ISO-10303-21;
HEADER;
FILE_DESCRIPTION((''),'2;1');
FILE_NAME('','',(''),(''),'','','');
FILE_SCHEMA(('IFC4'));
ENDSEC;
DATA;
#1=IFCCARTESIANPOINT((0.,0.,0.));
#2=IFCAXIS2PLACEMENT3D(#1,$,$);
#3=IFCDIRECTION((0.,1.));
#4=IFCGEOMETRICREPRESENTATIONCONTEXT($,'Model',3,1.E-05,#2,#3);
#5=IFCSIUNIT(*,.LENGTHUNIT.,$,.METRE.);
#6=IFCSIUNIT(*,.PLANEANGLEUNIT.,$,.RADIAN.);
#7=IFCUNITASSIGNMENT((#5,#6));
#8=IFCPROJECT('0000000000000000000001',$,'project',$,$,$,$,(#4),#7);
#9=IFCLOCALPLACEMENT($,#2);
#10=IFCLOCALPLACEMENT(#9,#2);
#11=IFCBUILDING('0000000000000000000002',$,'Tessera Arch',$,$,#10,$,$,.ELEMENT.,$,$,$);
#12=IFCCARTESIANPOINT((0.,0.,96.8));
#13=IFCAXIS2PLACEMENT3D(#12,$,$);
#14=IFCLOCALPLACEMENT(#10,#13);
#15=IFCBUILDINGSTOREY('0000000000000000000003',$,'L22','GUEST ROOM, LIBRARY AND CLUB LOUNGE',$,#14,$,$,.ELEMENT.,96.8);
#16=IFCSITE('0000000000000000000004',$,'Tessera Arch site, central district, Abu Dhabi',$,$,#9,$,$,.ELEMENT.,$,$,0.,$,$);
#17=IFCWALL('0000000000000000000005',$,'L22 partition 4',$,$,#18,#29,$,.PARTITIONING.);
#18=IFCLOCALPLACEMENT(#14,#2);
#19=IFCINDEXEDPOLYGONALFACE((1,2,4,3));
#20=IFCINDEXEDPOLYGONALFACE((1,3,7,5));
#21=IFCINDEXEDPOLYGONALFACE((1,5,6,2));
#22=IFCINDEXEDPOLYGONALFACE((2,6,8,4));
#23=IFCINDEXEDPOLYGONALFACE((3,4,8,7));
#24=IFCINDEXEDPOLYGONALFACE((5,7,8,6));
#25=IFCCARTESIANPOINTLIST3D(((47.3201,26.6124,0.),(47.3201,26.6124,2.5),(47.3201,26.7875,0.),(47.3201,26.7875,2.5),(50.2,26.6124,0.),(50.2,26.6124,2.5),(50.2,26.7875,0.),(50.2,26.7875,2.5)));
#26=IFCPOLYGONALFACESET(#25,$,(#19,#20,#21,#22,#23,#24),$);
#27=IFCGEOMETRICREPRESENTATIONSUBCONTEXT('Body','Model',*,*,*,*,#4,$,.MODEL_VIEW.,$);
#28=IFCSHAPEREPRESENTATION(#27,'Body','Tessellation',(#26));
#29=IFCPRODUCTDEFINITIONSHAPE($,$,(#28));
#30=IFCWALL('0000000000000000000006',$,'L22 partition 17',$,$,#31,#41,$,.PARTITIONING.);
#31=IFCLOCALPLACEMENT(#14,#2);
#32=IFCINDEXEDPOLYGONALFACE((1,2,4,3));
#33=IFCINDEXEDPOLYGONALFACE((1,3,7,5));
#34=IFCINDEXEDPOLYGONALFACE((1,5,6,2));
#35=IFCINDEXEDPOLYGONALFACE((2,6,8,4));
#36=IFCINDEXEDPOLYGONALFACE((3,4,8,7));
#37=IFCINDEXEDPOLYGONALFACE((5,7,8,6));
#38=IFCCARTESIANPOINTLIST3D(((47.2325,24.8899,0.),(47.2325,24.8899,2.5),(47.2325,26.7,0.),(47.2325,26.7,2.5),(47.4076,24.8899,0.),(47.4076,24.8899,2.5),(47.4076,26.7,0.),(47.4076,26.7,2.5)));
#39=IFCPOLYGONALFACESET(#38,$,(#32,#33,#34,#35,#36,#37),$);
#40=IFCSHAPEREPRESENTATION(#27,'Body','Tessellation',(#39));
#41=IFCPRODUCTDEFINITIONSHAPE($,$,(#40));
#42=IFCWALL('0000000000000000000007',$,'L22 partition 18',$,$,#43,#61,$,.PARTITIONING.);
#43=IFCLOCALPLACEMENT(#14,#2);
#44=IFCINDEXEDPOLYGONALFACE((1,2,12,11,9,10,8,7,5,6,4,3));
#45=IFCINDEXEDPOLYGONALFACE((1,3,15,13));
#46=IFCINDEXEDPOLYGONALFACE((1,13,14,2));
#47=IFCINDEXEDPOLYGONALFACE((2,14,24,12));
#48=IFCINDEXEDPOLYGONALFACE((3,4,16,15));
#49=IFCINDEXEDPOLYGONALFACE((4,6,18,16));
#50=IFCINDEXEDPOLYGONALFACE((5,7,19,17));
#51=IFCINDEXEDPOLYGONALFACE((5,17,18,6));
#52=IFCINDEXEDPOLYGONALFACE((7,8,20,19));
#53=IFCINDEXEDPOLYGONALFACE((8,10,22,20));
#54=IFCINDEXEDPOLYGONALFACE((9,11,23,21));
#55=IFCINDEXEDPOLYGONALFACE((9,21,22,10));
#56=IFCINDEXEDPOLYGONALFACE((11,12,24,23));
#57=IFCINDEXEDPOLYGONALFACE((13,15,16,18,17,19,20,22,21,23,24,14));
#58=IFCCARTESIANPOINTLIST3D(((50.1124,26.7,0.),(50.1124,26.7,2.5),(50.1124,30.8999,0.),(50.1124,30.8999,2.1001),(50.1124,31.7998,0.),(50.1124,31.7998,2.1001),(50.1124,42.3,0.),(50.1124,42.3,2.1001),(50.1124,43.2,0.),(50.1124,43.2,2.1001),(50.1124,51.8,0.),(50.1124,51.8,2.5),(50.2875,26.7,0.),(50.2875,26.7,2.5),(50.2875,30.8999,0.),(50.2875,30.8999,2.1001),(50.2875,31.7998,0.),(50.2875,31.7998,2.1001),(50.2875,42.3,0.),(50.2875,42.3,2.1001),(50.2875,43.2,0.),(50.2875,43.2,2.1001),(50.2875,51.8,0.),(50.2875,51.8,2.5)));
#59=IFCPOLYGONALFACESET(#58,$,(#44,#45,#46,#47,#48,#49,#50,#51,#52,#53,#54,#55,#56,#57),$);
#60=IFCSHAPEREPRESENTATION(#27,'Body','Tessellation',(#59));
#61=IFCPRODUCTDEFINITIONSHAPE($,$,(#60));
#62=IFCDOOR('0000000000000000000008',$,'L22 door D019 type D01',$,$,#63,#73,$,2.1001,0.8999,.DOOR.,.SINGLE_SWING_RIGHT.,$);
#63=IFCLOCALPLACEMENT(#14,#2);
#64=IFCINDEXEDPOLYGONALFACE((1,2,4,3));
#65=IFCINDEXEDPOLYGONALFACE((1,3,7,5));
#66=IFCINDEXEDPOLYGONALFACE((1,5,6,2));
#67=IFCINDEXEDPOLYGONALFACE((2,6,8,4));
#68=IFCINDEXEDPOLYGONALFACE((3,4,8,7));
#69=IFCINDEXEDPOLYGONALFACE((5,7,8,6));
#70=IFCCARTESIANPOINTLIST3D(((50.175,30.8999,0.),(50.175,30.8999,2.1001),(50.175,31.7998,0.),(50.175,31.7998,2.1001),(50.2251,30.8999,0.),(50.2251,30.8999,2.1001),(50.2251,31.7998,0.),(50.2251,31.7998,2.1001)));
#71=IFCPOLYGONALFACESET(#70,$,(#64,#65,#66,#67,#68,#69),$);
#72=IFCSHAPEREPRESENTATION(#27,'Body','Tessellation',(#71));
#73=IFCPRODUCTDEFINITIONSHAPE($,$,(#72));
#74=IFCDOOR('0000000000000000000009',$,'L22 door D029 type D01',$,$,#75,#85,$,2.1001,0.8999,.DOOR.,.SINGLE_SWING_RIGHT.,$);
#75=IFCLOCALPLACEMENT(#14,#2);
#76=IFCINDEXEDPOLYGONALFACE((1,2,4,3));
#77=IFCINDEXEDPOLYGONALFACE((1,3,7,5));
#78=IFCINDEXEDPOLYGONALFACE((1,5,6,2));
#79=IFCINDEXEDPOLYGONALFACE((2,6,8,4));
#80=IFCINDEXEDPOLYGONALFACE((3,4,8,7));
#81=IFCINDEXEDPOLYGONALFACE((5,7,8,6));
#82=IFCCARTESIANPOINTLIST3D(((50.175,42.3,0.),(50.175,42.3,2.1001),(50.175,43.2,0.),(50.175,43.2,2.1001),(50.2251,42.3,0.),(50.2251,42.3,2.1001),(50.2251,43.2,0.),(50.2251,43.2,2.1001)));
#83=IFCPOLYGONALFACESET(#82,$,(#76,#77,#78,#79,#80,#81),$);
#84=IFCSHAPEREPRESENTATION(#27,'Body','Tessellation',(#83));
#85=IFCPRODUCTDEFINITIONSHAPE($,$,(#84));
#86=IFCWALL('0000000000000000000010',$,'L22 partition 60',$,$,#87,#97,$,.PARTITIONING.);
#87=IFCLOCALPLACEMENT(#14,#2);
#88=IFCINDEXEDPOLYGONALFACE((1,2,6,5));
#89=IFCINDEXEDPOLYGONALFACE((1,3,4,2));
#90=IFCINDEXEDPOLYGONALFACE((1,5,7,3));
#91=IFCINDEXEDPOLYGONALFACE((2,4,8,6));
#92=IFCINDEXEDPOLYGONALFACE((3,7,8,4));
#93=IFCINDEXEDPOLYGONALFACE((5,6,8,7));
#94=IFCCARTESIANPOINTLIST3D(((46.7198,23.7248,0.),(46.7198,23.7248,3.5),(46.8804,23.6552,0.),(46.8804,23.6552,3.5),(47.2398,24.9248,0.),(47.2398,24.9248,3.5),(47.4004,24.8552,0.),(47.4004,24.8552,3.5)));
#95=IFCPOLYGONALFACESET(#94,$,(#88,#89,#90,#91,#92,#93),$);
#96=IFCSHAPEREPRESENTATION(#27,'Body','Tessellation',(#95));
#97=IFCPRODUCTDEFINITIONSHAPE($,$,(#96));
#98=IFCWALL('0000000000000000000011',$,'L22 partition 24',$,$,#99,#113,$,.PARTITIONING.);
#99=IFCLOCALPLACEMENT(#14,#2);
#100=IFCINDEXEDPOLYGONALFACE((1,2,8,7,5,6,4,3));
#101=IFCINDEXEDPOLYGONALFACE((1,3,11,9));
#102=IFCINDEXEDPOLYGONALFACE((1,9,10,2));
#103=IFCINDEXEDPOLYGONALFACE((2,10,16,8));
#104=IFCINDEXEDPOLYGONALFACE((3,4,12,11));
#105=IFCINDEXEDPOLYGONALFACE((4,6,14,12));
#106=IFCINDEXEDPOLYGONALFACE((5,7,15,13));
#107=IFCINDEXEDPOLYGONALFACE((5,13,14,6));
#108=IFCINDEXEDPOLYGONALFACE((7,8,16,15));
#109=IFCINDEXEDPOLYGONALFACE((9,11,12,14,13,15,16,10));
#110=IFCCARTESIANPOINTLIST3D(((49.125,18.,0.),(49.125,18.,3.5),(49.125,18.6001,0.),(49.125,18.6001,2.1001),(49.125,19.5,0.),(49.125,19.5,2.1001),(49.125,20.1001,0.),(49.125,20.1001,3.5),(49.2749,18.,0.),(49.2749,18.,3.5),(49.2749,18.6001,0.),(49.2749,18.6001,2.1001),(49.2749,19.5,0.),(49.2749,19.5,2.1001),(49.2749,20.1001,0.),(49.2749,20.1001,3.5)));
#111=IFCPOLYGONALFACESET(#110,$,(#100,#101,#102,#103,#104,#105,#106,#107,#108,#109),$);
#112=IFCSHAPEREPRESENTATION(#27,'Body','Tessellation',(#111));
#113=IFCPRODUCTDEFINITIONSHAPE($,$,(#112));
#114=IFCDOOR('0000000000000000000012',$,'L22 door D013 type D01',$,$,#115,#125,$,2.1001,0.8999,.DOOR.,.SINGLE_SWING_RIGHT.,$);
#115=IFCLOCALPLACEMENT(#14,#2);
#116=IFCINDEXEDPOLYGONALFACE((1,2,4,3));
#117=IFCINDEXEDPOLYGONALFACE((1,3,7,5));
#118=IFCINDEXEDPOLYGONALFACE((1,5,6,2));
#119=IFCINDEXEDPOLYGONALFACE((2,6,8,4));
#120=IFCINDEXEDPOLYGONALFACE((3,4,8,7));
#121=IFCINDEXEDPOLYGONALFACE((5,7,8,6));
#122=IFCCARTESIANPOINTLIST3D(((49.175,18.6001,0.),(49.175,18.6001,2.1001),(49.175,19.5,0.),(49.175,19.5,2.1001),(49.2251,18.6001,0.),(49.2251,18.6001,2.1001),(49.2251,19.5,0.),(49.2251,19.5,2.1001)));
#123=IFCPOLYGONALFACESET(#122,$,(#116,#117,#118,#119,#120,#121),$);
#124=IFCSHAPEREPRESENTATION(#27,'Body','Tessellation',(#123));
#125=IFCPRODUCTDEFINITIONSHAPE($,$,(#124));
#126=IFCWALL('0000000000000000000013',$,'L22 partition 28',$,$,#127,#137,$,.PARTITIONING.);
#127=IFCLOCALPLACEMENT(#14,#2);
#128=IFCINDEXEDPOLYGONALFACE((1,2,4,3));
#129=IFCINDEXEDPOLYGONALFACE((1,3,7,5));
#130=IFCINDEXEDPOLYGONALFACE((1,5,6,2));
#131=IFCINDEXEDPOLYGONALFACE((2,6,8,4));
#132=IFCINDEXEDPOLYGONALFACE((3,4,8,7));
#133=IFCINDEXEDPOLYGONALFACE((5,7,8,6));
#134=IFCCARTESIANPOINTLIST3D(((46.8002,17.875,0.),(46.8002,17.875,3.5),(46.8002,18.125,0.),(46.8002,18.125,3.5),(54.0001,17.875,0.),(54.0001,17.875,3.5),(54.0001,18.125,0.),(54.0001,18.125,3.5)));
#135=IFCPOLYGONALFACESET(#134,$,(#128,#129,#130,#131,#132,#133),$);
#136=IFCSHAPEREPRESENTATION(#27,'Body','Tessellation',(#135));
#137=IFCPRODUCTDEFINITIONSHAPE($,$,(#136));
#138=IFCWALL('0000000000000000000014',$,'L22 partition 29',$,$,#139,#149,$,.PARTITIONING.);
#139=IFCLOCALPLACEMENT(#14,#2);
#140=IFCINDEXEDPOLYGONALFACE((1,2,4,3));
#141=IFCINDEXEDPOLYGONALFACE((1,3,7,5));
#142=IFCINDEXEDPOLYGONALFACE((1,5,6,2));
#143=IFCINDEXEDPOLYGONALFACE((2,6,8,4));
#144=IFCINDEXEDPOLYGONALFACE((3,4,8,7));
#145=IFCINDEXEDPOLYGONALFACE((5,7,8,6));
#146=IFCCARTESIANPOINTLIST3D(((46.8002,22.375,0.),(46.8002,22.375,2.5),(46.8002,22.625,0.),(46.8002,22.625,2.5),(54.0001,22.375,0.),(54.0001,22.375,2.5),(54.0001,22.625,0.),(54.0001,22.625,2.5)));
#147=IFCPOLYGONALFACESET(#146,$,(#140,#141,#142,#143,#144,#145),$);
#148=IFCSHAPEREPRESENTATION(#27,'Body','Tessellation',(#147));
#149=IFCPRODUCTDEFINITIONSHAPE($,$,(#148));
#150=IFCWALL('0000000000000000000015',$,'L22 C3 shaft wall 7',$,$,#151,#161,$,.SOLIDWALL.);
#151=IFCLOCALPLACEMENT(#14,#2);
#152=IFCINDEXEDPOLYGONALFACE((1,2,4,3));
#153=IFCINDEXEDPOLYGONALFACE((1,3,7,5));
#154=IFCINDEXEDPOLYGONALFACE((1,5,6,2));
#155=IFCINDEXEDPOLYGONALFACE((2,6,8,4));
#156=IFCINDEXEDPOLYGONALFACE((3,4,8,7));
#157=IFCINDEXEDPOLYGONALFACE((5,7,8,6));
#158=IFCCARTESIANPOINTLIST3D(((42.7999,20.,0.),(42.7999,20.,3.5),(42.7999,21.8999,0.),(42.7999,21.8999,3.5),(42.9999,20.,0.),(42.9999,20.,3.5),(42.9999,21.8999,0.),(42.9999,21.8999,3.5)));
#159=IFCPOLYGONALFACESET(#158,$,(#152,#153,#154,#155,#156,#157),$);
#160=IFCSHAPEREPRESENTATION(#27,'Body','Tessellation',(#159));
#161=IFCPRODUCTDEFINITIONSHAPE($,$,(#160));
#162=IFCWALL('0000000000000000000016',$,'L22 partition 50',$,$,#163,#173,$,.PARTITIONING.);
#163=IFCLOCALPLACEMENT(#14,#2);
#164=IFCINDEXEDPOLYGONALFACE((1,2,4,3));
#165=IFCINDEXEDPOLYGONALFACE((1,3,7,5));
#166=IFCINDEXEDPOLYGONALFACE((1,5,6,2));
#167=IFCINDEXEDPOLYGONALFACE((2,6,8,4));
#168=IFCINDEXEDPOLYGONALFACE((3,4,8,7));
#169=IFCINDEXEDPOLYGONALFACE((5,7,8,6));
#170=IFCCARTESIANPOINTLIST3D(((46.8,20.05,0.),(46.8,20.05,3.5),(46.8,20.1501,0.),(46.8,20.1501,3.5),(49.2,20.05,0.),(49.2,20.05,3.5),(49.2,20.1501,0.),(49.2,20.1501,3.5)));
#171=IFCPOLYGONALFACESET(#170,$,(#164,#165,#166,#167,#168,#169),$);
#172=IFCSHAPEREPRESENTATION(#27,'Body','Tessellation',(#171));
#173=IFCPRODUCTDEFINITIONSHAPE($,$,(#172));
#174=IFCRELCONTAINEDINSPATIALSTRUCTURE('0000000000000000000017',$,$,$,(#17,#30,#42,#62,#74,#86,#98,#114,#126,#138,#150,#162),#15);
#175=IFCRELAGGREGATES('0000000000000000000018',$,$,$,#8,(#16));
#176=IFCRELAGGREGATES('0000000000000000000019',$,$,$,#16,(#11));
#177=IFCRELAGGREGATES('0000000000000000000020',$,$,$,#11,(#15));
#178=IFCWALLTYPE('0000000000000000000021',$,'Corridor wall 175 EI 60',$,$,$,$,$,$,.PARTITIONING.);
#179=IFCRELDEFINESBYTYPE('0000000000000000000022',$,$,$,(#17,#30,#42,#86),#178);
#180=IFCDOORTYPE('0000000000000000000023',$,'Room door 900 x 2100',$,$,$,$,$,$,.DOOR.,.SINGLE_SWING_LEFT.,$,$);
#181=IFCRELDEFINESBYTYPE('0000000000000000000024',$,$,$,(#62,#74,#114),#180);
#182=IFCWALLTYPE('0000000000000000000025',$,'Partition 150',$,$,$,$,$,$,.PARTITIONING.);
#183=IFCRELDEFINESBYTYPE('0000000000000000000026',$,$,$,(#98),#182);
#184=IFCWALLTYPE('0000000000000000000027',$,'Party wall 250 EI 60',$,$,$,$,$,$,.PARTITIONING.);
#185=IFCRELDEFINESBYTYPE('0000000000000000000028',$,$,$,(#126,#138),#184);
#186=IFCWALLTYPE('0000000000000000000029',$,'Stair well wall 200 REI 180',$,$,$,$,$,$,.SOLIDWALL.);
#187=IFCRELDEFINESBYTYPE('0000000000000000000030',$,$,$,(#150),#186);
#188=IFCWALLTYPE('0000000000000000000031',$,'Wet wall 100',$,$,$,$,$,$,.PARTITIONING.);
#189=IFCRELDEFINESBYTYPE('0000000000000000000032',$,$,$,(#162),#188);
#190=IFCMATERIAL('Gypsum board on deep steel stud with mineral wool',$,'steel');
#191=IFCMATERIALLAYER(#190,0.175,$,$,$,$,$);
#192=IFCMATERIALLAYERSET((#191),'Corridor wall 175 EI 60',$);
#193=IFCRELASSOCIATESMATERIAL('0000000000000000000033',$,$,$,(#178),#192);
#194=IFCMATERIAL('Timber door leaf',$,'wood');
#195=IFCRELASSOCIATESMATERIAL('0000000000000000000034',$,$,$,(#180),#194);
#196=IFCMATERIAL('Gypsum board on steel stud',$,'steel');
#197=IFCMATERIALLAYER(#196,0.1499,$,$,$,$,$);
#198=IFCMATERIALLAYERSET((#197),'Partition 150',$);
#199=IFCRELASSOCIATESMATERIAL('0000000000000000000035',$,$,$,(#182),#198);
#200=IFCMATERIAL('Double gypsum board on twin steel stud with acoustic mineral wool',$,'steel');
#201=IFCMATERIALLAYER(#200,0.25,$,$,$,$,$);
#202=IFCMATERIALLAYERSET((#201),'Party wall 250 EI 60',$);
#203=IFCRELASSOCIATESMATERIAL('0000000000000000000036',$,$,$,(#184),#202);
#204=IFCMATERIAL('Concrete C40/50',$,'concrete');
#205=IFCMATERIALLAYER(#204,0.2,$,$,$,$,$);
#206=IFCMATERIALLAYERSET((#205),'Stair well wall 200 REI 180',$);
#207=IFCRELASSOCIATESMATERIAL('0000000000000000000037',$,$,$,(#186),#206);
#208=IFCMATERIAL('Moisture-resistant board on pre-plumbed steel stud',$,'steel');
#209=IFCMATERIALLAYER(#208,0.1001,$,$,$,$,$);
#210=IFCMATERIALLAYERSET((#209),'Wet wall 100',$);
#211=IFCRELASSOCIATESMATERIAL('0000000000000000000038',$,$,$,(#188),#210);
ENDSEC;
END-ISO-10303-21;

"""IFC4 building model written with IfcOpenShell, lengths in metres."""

from ifc_helpers import new_model, si_unit, direction, frame, frame_2d, origin, place, context, subcontext, project, spatial, rectangle, extrude, material, layer, layer_set, type_object, element, fill, save


model = new_model("IFC4")

# Units and contexts
model_context = context("Model", 3, precision=1e-05, world=origin(), true_north=direction((0.0, 1.0)))
body_context = subcontext(model_context, "Body", "Model", "MODEL_VIEW")
ifc_project = project(units=[si_unit("LENGTHUNIT", "METRE"), si_unit("PLANEANGLEUNIT", "RADIAN")], contexts=[model_context])

# Site, building, storey
site_placement = place(None, origin())
site = spatial("IfcSite", under=ifc_project, at=site_placement, Name="Tessera Arch site, central district, Abu Dhabi", CompositionType="ELEMENT", RefElevation=0.0)
building_placement = place(site_placement, origin())
building = spatial("IfcBuilding", under=site, at=building_placement, Name="Tessera Arch", CompositionType="ELEMENT")
storey_placement = place(building_placement, frame((0.0, 0.0, 96.8)))
storey = spatial("IfcBuildingStorey", under=building, at=storey_placement, Name="L22", Description="GUEST ROOM, LIBRARY AND CLUB LOUNGE", CompositionType="ELEMENT", Elevation=96.8)

# Walls
ifc_material_1 = material(Name="Gypsum board on deep steel stud with mineral wool", Category="steel")
ifc_layer_1 = layer(ifc_material_1, 0.175)
ifc_layer_set_1 = layer_set([ifc_layer_1], Name="Corridor wall 175 EI 60")
wall_type_1 = type_object("IfcWallType", Name="Corridor wall 175 EI 60", PredefinedType="PARTITIONING", material=ifc_layer_set_1)
wall_1_placement = place(storey_placement, frame((47.3201, 26.7, 0.0), z_axis=(0.0, 0.0, 1.0), x_axis=(1.0, 0.0, 0.0)))
element("IfcWall", 1, at=wall_1_placement, inside=storey, type_object=wall_type_1, Name="L22 partition 4", PredefinedType="PARTITIONING", context=body_context, shape_type="SweptSolid", body=[
    extrude(rectangle(XDim=2.8799, YDim=0.175, at=frame_2d((1.4399, 0.0))), origin(), (0.0, 0.0, 1.0), 2.5),
])
wall_2_placement = place(storey_placement, frame((47.3201, 24.8899, 0.0), z_axis=(0.0, 0.0, 1.0), x_axis=(0.0, 1.0, 0.0)))
element("IfcWall", 2, at=wall_2_placement, inside=storey, type_object=wall_type_1, Name="L22 partition 17", PredefinedType="PARTITIONING", context=body_context, shape_type="SweptSolid", body=[
    extrude(rectangle(XDim=1.8101, YDim=0.175, at=frame_2d((0.905, 0.0))), origin(), (0.0, 0.0, 1.0), 2.5),
])

# Wall, openings, doors
wall_3_placement = place(storey_placement, frame((50.2, 26.7, 0.0), z_axis=(0.0, 0.0, 1.0), x_axis=(0.0, 1.0, 0.0)))
wall_3 = element("IfcWall", 3, at=wall_3_placement, inside=storey, type_object=wall_type_1, Name="L22 partition 18", PredefinedType="PARTITIONING", context=body_context, shape_type="SweptSolid", body=[
    extrude(rectangle(XDim=25.1001, YDim=0.175, at=frame_2d((12.55, 0.0))), origin(), (0.0, 0.0, 1.0), 2.5),
])
opening_1_placement = place(wall_3_placement, frame((4.2, 0.0, 0.0)))
opening_1 = element("IfcOpeningElement", 4, at=opening_1_placement, cuts=wall_3, PredefinedType="OPENING", context=body_context, shape_type="SweptSolid", body=[
    extrude(rectangle(XDim=0.8999, YDim=2.1001, at=frame_2d((0.45, 1.05))), frame((0.0, 0.0974, 0.0), z_axis=(0.0, -1.0, 0.0), x_axis=(1.0, 0.0, 0.0)), (0.0, 0.0, 1.0), 0.1951),
])
opening_2_placement = place(wall_3_placement, frame((15.6001, 0.0, 0.0)))
opening_2 = element("IfcOpeningElement", 5, at=opening_2_placement, cuts=wall_3, PredefinedType="OPENING", context=body_context, shape_type="SweptSolid", body=[
    extrude(rectangle(XDim=0.8999, YDim=2.1001, at=frame_2d((0.45, 1.05))), frame((0.0, 0.0974, 0.0), z_axis=(0.0, -1.0, 0.0), x_axis=(1.0, 0.0, 0.0)), (0.0, 0.0, 1.0), 0.1951),
])
ifc_material_2 = material(Name="Timber door leaf", Category="wood")
door_type_1 = type_object("IfcDoorType", Name="Room door 900 x 2100", OperationType="SINGLE_SWING_LEFT", PredefinedType="DOOR", material=ifc_material_2)
door_1_placement = place(opening_1_placement, origin())
door_1 = element("IfcDoor", 6, at=door_1_placement, inside=storey, type_object=door_type_1, Name="L22 door D019 type D01", OperationType="SINGLE_SWING_RIGHT", OverallHeight=2.1001, OverallWidth=0.8999, PredefinedType="DOOR", context=body_context, shape_type="SweptSolid", body=[
    extrude(rectangle(XDim=0.8999, YDim=2.1001, at=frame_2d((0.45, 1.05))), frame((0.0, 0.0249, 0.0), z_axis=(0.0, -1.0, 0.0), x_axis=(1.0, 0.0, 0.0)), (0.0, 0.0, 1.0), 0.05),
])
fill(opening_1, door_1)
door_2_placement = place(opening_2_placement, origin())
door_2 = element("IfcDoor", 7, at=door_2_placement, inside=storey, type_object=door_type_1, Name="L22 door D029 type D01", OperationType="SINGLE_SWING_RIGHT", OverallHeight=2.1001, OverallWidth=0.8999, PredefinedType="DOOR", context=body_context, shape_type="SweptSolid", body=[
    extrude(rectangle(XDim=0.8999, YDim=2.1001, at=frame_2d((0.45, 1.05))), frame((0.0, 0.0249, 0.0), z_axis=(0.0, -1.0, 0.0), x_axis=(1.0, 0.0, 0.0)), (0.0, 0.0, 1.0), 0.05),
])
fill(opening_2, door_2)

# Wall
wall_4_placement = place(storey_placement, frame((47.3201, 24.8899, 0.0), z_axis=(0.0, 0.0, 1.0), x_axis=(-0.397634, -0.917544, 0.0)))
element("IfcWall", 8, at=wall_4_placement, inside=storey, type_object=wall_type_1, Name="L22 partition 60", PredefinedType="PARTITIONING", context=body_context, shape_type="SweptSolid", body=[
    extrude(rectangle(XDim=1.3079, YDim=0.175, at=frame_2d((0.6538, 0.0))), origin(), (0.0, 0.0, 1.0), 3.5),
])

# Wall, opening, door
ifc_material_3 = material(Name="Gypsum board on steel stud", Category="steel")
ifc_layer_2 = layer(ifc_material_3, 0.1499)
ifc_layer_set_2 = layer_set([ifc_layer_2], Name="Partition 150")
wall_type_2 = type_object("IfcWallType", Name="Partition 150", PredefinedType="PARTITIONING", material=ifc_layer_set_2)
wall_5_placement = place(storey_placement, frame((49.2, 18.0, 0.0), z_axis=(0.0, 0.0, 1.0), x_axis=(0.0, 1.0, 0.0)))
wall_5 = element("IfcWall", 9, at=wall_5_placement, inside=storey, type_object=wall_type_2, Name="L22 partition 24", PredefinedType="PARTITIONING", context=body_context, shape_type="SweptSolid", body=[
    extrude(rectangle(XDim=2.1001, YDim=0.1499, at=frame_2d((1.05, 0.0))), origin(), (0.0, 0.0, 1.0), 3.5),
])
opening_3_placement = place(wall_5_placement, frame((0.6001, 0.0, 0.0)))
opening_3 = element("IfcOpeningElement", 10, at=opening_3_placement, cuts=wall_5, PredefinedType="OPENING", context=body_context, shape_type="SweptSolid", body=[
    extrude(rectangle(XDim=0.8999, YDim=2.1001, at=frame_2d((0.45, 1.05))), frame((0.0, 0.085, 0.0), z_axis=(0.0, -1.0, 0.0), x_axis=(1.0, 0.0, 0.0)), (0.0, 0.0, 1.0), 0.1699),
])
door_3_placement = place(opening_3_placement, origin())
door_3 = element("IfcDoor", 11, at=door_3_placement, inside=storey, type_object=door_type_1, Name="L22 door D013 type D01", OperationType="SINGLE_SWING_RIGHT", OverallHeight=2.1001, OverallWidth=0.8999, PredefinedType="DOOR", context=body_context, shape_type="SweptSolid", body=[
    extrude(rectangle(XDim=0.8999, YDim=2.1001, at=frame_2d((0.45, 1.05))), frame((0.0, 0.0249, 0.0), z_axis=(0.0, -1.0, 0.0), x_axis=(1.0, 0.0, 0.0)), (0.0, 0.0, 1.0), 0.05),
])
fill(opening_3, door_3)

# Walls
ifc_material_4 = material(Name="Double gypsum board on twin steel stud with acoustic mineral wool", Category="steel")
ifc_layer_3 = layer(ifc_material_4, 0.25)
ifc_layer_set_3 = layer_set([ifc_layer_3], Name="Party wall 250 EI 60")
wall_type_3 = type_object("IfcWallType", Name="Party wall 250 EI 60", PredefinedType="PARTITIONING", material=ifc_layer_set_3)
wall_6_placement = place(storey_placement, frame((46.8, 18.0, 0.0), z_axis=(0.0, 0.0, 1.0), x_axis=(1.0, 0.0, 0.0)))
element("IfcWall", 12, at=wall_6_placement, inside=storey, type_object=wall_type_3, Name="L22 partition 28", PredefinedType="PARTITIONING", context=body_context, shape_type="SweptSolid", body=[
    extrude(rectangle(XDim=7.2, YDim=0.25, at=frame_2d((3.6001, 0.0))), origin(), (0.0, 0.0, 1.0), 3.5),
])
wall_7_placement = place(storey_placement, frame((46.8, 22.5, 0.0), z_axis=(0.0, 0.0, 1.0), x_axis=(1.0, 0.0, 0.0)))
element("IfcWall", 13, at=wall_7_placement, inside=storey, type_object=wall_type_3, Name="L22 partition 29", PredefinedType="PARTITIONING", context=body_context, shape_type="SweptSolid", body=[
    extrude(rectangle(XDim=7.2, YDim=0.25, at=frame_2d((3.6001, 0.0))), origin(), (0.0, 0.0, 1.0), 2.5),
])
ifc_material_5 = material(Name="Concrete C40/50", Category="concrete")
ifc_layer_4 = layer(ifc_material_5, 0.2)
ifc_layer_set_4 = layer_set([ifc_layer_4], Name="Stair well wall 200 REI 180")
wall_type_4 = type_object("IfcWallType", Name="Stair well wall 200 REI 180", PredefinedType="SOLIDWALL", material=ifc_layer_set_4)
wall_8_placement = place(storey_placement, frame((42.8999, 20.0, 0.0), z_axis=(0.0, 0.0, 1.0), x_axis=(0.0, 1.0, 0.0)))
element("IfcWall", 14, at=wall_8_placement, inside=storey, type_object=wall_type_4, Name="L22 C3 shaft wall 7", PredefinedType="SOLIDWALL", context=body_context, shape_type="SweptSolid", body=[
    extrude(rectangle(XDim=1.8999, YDim=0.2, at=frame_2d((0.95, 0.0))), origin(), (0.0, 0.0, 1.0), 3.5),
])
ifc_material_6 = material(Name="Moisture-resistant board on pre-plumbed steel stud", Category="steel")
ifc_layer_5 = layer(ifc_material_6, 0.1001)
ifc_layer_set_5 = layer_set([ifc_layer_5], Name="Wet wall 100")
wall_type_5 = type_object("IfcWallType", Name="Wet wall 100", PredefinedType="PARTITIONING", material=ifc_layer_set_5)
wall_9_placement = place(storey_placement, frame((46.8, 20.1001, 0.0), z_axis=(0.0, 0.0, 1.0), x_axis=(1.0, 0.0, 0.0)))
element("IfcWall", 15, at=wall_9_placement, inside=storey, type_object=wall_type_5, Name="L22 partition 50", PredefinedType="PARTITIONING", context=body_context, shape_type="SweptSolid", body=[
    extrude(rectangle(XDim=2.3999, YDim=0.1001, at=frame_2d((1.2, 0.0))), origin(), (0.0, 0.0, 1.0), 3.5),
])

save(model, "model.ifc")
